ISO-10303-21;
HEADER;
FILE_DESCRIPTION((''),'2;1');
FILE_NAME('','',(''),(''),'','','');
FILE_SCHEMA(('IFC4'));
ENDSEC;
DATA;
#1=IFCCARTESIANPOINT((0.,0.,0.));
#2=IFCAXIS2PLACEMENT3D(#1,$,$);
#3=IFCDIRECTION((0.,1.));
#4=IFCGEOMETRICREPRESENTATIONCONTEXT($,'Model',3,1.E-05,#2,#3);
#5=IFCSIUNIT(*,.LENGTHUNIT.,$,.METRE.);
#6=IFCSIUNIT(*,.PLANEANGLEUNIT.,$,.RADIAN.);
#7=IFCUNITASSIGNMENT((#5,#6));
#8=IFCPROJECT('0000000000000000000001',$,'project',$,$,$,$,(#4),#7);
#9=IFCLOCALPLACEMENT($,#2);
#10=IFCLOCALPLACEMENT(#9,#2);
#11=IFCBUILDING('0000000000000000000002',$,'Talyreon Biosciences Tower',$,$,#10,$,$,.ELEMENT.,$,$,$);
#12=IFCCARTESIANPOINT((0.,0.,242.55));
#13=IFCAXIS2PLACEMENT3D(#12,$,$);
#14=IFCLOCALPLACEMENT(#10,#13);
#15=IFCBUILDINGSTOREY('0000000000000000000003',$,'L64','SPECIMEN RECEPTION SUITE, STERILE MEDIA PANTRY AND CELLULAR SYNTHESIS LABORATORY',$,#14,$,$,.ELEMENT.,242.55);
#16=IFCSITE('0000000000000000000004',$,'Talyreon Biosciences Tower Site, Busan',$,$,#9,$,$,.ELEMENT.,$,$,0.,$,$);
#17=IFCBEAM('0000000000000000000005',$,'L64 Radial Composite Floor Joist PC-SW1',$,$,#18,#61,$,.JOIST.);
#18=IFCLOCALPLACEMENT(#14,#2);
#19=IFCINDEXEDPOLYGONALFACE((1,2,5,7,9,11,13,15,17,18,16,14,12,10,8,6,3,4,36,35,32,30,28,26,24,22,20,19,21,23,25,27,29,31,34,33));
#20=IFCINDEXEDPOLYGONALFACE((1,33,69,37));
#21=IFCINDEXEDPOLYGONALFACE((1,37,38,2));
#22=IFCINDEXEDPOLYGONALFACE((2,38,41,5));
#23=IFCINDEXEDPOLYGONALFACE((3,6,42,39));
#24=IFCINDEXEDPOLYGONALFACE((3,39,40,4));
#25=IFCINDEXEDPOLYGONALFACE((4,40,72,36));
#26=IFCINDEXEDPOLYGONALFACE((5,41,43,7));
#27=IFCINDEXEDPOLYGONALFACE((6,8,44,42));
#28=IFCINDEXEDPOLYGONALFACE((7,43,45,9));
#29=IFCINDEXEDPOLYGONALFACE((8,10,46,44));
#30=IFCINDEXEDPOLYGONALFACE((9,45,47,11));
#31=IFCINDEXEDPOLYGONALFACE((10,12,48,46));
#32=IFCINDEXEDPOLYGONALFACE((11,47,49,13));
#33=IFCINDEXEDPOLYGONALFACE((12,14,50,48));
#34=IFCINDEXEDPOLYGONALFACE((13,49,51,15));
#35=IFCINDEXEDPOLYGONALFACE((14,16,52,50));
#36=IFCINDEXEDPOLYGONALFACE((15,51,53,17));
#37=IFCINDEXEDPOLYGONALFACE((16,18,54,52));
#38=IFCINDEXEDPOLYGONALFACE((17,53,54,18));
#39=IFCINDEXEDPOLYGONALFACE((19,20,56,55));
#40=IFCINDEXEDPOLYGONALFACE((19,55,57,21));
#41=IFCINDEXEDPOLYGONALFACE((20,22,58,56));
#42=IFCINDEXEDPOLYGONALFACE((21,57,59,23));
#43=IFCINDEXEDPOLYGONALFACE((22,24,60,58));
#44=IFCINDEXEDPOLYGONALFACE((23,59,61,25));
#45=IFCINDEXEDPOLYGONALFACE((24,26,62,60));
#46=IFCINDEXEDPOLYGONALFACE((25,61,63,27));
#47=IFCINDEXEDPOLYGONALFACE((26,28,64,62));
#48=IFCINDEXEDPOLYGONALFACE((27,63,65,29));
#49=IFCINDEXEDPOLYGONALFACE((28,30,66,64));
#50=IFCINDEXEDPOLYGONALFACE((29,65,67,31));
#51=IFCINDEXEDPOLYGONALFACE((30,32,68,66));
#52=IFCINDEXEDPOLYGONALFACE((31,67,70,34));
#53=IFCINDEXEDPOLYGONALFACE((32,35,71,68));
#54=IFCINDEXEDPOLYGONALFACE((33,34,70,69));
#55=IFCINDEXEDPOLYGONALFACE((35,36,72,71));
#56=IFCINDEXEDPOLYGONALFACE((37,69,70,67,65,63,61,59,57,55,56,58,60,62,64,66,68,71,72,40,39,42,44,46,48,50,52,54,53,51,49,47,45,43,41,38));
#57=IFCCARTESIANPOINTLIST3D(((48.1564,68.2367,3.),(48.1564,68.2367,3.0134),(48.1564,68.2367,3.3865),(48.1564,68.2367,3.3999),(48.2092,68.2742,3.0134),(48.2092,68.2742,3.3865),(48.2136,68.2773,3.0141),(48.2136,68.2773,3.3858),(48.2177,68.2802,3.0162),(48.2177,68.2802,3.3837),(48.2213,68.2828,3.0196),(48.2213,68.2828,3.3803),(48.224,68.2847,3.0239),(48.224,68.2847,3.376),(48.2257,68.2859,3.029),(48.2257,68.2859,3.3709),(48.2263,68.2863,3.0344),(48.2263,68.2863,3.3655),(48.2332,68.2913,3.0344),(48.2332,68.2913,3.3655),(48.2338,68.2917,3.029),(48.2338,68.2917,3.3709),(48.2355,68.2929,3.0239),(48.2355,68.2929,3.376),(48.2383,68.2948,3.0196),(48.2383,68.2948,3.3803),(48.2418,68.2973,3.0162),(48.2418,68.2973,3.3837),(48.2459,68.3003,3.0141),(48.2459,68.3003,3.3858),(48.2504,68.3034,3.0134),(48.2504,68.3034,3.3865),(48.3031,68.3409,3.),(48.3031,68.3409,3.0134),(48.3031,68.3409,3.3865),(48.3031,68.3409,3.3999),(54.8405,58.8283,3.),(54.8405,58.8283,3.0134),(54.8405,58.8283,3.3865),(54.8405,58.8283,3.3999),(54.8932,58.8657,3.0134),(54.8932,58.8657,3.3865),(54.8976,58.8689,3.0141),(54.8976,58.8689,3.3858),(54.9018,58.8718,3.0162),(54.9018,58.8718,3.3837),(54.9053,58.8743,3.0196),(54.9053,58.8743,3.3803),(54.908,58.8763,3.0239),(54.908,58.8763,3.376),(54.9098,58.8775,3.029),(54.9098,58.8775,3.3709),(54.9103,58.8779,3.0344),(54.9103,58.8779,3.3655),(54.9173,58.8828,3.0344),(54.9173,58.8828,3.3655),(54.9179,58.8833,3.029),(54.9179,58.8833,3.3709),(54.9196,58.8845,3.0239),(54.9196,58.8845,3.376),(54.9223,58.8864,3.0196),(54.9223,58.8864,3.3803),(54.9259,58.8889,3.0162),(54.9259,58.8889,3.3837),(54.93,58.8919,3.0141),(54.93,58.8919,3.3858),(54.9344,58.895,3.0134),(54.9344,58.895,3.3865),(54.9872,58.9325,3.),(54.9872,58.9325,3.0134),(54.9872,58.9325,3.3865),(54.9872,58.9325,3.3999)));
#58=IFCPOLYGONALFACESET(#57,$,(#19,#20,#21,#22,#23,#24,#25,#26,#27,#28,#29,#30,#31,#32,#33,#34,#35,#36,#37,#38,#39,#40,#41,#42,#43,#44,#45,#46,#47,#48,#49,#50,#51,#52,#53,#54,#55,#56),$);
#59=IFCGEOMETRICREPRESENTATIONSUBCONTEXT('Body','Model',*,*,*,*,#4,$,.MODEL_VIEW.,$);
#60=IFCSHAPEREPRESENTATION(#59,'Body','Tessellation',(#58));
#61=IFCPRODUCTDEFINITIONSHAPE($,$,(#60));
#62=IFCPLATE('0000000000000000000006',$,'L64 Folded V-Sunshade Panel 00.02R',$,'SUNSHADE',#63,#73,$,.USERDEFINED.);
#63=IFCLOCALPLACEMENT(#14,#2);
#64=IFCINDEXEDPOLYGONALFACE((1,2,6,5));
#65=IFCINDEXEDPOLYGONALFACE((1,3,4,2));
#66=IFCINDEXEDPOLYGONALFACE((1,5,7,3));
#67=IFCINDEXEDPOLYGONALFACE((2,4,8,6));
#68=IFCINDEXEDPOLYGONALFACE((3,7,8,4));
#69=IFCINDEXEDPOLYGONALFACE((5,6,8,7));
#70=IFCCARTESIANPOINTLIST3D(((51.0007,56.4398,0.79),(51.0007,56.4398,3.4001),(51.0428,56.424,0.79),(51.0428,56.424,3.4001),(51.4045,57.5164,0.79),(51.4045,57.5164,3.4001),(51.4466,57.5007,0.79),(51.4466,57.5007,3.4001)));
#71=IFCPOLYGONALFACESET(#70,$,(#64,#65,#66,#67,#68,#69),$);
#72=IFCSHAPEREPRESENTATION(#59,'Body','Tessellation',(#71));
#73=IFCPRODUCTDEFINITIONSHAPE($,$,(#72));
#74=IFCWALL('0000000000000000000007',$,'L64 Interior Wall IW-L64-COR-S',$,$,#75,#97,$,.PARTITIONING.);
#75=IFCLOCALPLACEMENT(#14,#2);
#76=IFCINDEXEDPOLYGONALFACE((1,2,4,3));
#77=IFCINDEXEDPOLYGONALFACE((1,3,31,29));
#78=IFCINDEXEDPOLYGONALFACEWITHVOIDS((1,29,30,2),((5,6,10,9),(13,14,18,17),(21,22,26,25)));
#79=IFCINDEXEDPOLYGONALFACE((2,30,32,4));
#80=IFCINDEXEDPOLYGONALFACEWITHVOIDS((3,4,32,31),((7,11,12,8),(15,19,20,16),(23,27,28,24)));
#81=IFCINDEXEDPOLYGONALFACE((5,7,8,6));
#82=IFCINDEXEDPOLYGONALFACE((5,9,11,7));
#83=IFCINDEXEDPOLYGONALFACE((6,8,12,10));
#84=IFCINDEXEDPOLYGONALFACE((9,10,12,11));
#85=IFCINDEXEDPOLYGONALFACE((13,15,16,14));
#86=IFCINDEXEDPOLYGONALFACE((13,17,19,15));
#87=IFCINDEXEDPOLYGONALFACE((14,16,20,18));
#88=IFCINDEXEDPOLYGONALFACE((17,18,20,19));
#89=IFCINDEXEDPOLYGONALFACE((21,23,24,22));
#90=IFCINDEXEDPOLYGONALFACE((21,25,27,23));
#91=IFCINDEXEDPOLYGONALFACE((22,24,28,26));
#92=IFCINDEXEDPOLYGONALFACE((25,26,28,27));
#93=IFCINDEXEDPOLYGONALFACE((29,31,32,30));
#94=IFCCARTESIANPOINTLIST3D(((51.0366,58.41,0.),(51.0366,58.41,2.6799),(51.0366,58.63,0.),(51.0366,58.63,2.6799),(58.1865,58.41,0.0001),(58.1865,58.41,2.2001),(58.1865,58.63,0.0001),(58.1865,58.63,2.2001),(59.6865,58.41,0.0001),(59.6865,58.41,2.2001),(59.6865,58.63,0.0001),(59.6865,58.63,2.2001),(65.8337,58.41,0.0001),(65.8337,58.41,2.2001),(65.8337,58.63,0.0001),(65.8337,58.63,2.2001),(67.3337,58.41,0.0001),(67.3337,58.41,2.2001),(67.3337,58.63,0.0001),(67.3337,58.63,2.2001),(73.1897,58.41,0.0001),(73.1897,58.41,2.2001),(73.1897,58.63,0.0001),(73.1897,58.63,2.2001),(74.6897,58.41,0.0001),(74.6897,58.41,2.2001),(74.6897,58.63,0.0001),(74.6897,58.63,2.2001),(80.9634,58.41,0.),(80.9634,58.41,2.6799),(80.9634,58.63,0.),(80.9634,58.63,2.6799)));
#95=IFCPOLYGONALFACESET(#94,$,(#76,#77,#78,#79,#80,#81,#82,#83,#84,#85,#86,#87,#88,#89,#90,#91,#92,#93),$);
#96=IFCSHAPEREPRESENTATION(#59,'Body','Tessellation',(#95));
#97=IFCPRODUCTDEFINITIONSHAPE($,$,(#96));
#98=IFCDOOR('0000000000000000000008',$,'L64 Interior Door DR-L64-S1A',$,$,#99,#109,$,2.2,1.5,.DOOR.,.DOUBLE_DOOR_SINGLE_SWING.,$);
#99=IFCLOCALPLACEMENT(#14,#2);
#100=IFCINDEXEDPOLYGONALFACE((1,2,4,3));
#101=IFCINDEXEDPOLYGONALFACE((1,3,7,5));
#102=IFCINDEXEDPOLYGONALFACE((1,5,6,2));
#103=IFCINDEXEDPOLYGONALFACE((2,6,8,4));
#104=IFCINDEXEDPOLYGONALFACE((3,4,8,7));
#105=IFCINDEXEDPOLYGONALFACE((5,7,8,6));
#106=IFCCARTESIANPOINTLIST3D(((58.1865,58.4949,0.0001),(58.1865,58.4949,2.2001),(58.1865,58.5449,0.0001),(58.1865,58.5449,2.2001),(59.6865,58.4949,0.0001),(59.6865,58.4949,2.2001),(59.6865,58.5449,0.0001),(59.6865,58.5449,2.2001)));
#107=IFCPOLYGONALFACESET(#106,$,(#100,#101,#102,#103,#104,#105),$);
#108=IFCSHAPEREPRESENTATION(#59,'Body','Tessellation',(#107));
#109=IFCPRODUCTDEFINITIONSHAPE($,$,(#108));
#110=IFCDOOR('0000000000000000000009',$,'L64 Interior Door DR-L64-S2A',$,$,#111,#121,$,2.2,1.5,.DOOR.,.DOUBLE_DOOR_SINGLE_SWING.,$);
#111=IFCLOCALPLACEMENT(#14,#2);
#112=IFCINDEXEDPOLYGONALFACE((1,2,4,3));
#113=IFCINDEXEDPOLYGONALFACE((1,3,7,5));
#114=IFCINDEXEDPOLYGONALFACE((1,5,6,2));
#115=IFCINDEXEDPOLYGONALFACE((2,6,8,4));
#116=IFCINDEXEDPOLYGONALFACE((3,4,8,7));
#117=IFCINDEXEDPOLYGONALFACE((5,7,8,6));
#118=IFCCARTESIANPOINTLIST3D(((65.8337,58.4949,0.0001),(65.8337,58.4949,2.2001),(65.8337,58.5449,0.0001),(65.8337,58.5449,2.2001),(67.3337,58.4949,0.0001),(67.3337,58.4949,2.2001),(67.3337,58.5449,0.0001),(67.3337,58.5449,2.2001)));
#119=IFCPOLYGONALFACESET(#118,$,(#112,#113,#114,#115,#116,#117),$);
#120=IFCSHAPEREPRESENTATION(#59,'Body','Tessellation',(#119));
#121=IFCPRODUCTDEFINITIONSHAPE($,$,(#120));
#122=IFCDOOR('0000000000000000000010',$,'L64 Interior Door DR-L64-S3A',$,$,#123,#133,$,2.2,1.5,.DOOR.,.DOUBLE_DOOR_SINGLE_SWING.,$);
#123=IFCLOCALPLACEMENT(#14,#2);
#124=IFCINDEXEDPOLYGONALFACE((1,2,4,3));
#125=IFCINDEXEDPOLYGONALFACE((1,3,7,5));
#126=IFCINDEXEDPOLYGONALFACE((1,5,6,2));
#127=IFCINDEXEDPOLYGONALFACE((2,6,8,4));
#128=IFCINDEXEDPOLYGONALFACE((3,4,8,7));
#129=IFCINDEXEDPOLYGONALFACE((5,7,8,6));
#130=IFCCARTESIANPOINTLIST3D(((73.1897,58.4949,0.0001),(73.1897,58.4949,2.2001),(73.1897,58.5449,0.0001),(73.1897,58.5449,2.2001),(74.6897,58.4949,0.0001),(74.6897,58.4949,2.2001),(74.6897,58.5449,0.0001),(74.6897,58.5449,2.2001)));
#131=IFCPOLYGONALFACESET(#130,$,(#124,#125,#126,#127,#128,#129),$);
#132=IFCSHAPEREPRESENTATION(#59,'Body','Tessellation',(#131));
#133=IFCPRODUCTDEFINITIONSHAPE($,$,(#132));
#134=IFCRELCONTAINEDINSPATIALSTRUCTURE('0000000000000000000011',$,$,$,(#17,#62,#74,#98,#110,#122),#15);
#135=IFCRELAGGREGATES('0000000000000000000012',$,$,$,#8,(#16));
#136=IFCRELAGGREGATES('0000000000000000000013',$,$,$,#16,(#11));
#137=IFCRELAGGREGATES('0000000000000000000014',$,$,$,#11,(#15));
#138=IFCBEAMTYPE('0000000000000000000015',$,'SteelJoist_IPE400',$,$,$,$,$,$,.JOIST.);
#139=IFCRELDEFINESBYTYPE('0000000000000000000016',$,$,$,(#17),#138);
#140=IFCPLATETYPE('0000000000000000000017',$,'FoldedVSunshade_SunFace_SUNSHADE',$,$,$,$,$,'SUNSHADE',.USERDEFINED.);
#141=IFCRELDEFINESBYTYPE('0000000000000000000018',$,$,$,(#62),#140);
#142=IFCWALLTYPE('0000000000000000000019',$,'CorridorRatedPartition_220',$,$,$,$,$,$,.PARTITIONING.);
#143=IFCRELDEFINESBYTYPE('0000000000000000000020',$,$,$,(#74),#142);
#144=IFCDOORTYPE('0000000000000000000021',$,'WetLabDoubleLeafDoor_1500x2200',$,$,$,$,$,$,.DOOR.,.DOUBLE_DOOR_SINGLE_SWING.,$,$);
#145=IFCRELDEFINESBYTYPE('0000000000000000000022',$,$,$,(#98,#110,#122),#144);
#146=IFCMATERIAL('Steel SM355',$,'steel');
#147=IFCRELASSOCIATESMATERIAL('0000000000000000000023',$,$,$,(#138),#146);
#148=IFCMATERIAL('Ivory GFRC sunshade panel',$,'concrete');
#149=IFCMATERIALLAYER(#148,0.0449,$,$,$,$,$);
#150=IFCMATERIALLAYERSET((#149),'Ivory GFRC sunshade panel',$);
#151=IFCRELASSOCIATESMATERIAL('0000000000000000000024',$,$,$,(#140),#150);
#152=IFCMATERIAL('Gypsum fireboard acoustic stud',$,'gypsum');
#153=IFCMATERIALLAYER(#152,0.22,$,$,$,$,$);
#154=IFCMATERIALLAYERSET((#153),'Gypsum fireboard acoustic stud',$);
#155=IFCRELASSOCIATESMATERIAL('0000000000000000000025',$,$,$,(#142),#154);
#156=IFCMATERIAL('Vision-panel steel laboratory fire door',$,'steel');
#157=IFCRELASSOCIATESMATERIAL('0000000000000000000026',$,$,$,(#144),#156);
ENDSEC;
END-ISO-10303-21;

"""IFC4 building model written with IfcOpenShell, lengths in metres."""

from ifc_helpers import new_model, si_unit, direction, frame, frame_2d, origin, origin_2d, place, context, subcontext, project, spatial, rectangle, i_section, extrude, material, layer, layer_set, material_profile, profile_set, type_object, element, fill, save


model = new_model("IFC4")

# Units and contexts
model_context = context("Model", 3, precision=1e-05, world=origin(), true_north=direction((0.0, 1.0)))
body_context = subcontext(model_context, "Body", "Model", "MODEL_VIEW")
ifc_project = project(units=[si_unit("LENGTHUNIT", "METRE"), si_unit("PLANEANGLEUNIT", "RADIAN")], contexts=[model_context])

# Site, building, storey
site_placement = place(None, origin())
site = spatial("IfcSite", under=ifc_project, at=site_placement, Name="Talyreon Biosciences Tower Site, Busan", CompositionType="ELEMENT", RefElevation=0.0)
building_placement = place(site_placement, origin())
building = spatial("IfcBuilding", under=site, at=building_placement, Name="Talyreon Biosciences Tower", CompositionType="ELEMENT")
storey_placement = place(building_placement, frame((0.0, 0.0, 242.55)))
storey = spatial("IfcBuildingStorey", under=building, at=storey_placement, Name="L64", Description="SPECIMEN RECEPTION SUITE, STERILE MEDIA PANTRY AND CELLULAR SYNTHESIS LABORATORY", CompositionType="ELEMENT", Elevation=242.55)

# Beam
ifc_material_1 = material(Name="Steel SM355", Category="steel")
ifc_material_profile_1 = material_profile(ifc_material_1, i_section(OverallWidth=0.1799, OverallDepth=0.3999, WebThickness=0.0085, FlangeThickness=0.0134, FilletRadius=0.021, at=origin_2d()), Name="IPE400")
ifc_profile_set_1 = profile_set([ifc_material_profile_1], Name="Steel SM355")
beam_type_1 = type_object("IfcBeamType", Name="SteelJoist_IPE400", PredefinedType="JOIST", material=ifc_profile_set_1)
beam_1_placement = place(storey_placement, frame((54.9138, 58.8804, 3.2), z_axis=(-0.579157, 0.815216, 0.0), x_axis=(-0.815216, -0.579157, 0.0)))
element("IfcBeam", 1, at=beam_1_placement, inside=storey, type_object=beam_type_1, Name="L64 Radial Composite Floor Joist PC-SW1", PredefinedType="JOIST", context=body_context, shape_type="SweptSolid", body=[
    extrude(i_section(OverallWidth=0.1799, OverallDepth=0.3999, WebThickness=0.0085, FlangeThickness=0.0134, FilletRadius=0.021, at=origin_2d()), origin(), (0.0, 0.0, 1.0), 11.541),
])

# Plate
ifc_material_2 = material(Name="Ivory GFRC sunshade panel", Category="concrete")
ifc_layer_1 = layer(ifc_material_2, 0.0449)
ifc_layer_set_1 = layer_set([ifc_layer_1], Name="Ivory GFRC sunshade panel")
plate_type = type_object("IfcPlateType", Name="FoldedVSunshade_SunFace_SUNSHADE", ElementType="SUNSHADE", PredefinedType="USERDEFINED", material=ifc_layer_set_1)
plate_placement = place(storey_placement, frame((51.2236, 56.9702, 0.79), z_axis=(0.0, 0.0, 1.0), x_axis=(0.351139, 0.936323, 0.0)))
element("IfcPlate", 2, at=plate_placement, inside=storey, type_object=plate_type, Name="L64 Folded V-Sunshade Panel 00.02R", ObjectType="SUNSHADE", PredefinedType="USERDEFINED", context=body_context, shape_type="SweptSolid", body=[
    extrude(rectangle(XDim=1.1499, YDim=0.0449, at=origin_2d()), origin(), (0.0, 0.0, 1.0), 2.6101),
])

# Wall, openings, doors
ifc_material_3 = material(Name="Gypsum fireboard acoustic stud", Category="gypsum")
ifc_layer_2 = layer(ifc_material_3, 0.22)
ifc_layer_set_2 = layer_set([ifc_layer_2], Name="Gypsum fireboard acoustic stud")
wall_type = type_object("IfcWallType", Name="CorridorRatedPartition_220", PredefinedType="PARTITIONING", material=ifc_layer_set_2)
wall_placement = place(storey_placement, frame((51.0366, 58.52, 0.0), z_axis=(0.0, 0.0, 1.0), x_axis=(1.0, 0.0, 0.0)))
wall = element("IfcWall", 3, at=wall_placement, inside=storey, type_object=wall_type, Name="L64 Interior Wall IW-L64-COR-S", PredefinedType="PARTITIONING", context=body_context, shape_type="SweptSolid", body=[
    extrude(rectangle(XDim=29.9268, YDim=0.22, at=frame_2d((14.9634, 0.0))), origin(), (0.0, 0.0, 1.0), 2.6799),
])
opening_1_placement = place(wall_placement, frame((7.1499, 0.0, 0.0)))
opening_1 = element("IfcOpeningElement", 4, at=opening_1_placement, cuts=wall, PredefinedType="OPENING", context=body_context, shape_type="SweptSolid", body=[
    extrude(rectangle(XDim=1.5, YDim=2.2, at=frame_2d((0.75, 1.1001))), frame((0.0, 0.1199, 0.0), z_axis=(0.0, -1.0, 0.0), x_axis=(1.0, 0.0, 0.0)), (0.0, 0.0, 1.0), 0.24),
])
opening_2_placement = place(wall_placement, frame((14.7971, 0.0, 0.0)))
opening_2 = element("IfcOpeningElement", 5, at=opening_2_placement, cuts=wall, PredefinedType="OPENING", context=body_context, shape_type="SweptSolid", body=[
    extrude(rectangle(XDim=1.5, YDim=2.2, at=frame_2d((0.75, 1.1001))), frame((0.0, 0.1199, 0.0), z_axis=(0.0, -1.0, 0.0), x_axis=(1.0, 0.0, 0.0)), (0.0, 0.0, 1.0), 0.24),
])
opening_3_placement = place(wall_placement, frame((22.1531, 0.0, 0.0)))
opening_3 = element("IfcOpeningElement", 6, at=opening_3_placement, cuts=wall, PredefinedType="OPENING", context=body_context, shape_type="SweptSolid", body=[
    extrude(rectangle(XDim=1.5, YDim=2.2, at=frame_2d((0.75, 1.1001))), frame((0.0, 0.1199, 0.0), z_axis=(0.0, -1.0, 0.0), x_axis=(1.0, 0.0, 0.0)), (0.0, 0.0, 1.0), 0.24),
])
ifc_material_4 = material(Name="Vision-panel steel laboratory fire door", Category="steel")
door_type = type_object("IfcDoorType", Name="WetLabDoubleLeafDoor_1500x2200", OperationType="DOUBLE_DOOR_SINGLE_SWING", PredefinedType="DOOR", material=ifc_material_4)
door_1_placement = place(opening_1_placement, origin())
door_1 = element("IfcDoor", 7, at=door_1_placement, inside=storey, type_object=door_type, Name="L64 Interior Door DR-L64-S1A", OperationType="DOUBLE_DOOR_SINGLE_SWING", OverallHeight=2.2, OverallWidth=1.5, PredefinedType="DOOR", context=body_context, shape_type="SweptSolid", body=[
    extrude(rectangle(XDim=1.5, YDim=2.2, at=frame_2d((0.75, 1.1001))), frame((0.0, 0.0249, 0.0), z_axis=(0.0, -1.0, 0.0), x_axis=(1.0, 0.0, 0.0)), (0.0, 0.0, 1.0), 0.05),
])
fill(opening_1, door_1)
door_2_placement = place(opening_2_placement, origin())
door_2 = element("IfcDoor", 8, at=door_2_placement, inside=storey, type_object=door_type, Name="L64 Interior Door DR-L64-S2A", OperationType="DOUBLE_DOOR_SINGLE_SWING", OverallHeight=2.2, OverallWidth=1.5, PredefinedType="DOOR", context=body_context, shape_type="SweptSolid", body=[
    extrude(rectangle(XDim=1.5, YDim=2.2, at=frame_2d((0.75, 1.1001))), frame((0.0, 0.0249, 0.0), z_axis=(0.0, -1.0, 0.0), x_axis=(1.0, 0.0, 0.0)), (0.0, 0.0, 1.0), 0.05),
])
fill(opening_2, door_2)
door_3_placement = place(opening_3_placement, origin())
door_3 = element("IfcDoor", 9, at=door_3_placement, inside=storey, type_object=door_type, Name="L64 Interior Door DR-L64-S3A", OperationType="DOUBLE_DOOR_SINGLE_SWING", OverallHeight=2.2, OverallWidth=1.5, PredefinedType="DOOR", context=body_context, shape_type="SweptSolid", body=[
    extrude(rectangle(XDim=1.5, YDim=2.2, at=frame_2d((0.75, 1.1001))), frame((0.0, 0.0249, 0.0), z_axis=(0.0, -1.0, 0.0), x_axis=(1.0, 0.0, 0.0)), (0.0, 0.0, 1.0), 0.05),
])
fill(opening_3, door_3)

save(model, "model.ifc")
